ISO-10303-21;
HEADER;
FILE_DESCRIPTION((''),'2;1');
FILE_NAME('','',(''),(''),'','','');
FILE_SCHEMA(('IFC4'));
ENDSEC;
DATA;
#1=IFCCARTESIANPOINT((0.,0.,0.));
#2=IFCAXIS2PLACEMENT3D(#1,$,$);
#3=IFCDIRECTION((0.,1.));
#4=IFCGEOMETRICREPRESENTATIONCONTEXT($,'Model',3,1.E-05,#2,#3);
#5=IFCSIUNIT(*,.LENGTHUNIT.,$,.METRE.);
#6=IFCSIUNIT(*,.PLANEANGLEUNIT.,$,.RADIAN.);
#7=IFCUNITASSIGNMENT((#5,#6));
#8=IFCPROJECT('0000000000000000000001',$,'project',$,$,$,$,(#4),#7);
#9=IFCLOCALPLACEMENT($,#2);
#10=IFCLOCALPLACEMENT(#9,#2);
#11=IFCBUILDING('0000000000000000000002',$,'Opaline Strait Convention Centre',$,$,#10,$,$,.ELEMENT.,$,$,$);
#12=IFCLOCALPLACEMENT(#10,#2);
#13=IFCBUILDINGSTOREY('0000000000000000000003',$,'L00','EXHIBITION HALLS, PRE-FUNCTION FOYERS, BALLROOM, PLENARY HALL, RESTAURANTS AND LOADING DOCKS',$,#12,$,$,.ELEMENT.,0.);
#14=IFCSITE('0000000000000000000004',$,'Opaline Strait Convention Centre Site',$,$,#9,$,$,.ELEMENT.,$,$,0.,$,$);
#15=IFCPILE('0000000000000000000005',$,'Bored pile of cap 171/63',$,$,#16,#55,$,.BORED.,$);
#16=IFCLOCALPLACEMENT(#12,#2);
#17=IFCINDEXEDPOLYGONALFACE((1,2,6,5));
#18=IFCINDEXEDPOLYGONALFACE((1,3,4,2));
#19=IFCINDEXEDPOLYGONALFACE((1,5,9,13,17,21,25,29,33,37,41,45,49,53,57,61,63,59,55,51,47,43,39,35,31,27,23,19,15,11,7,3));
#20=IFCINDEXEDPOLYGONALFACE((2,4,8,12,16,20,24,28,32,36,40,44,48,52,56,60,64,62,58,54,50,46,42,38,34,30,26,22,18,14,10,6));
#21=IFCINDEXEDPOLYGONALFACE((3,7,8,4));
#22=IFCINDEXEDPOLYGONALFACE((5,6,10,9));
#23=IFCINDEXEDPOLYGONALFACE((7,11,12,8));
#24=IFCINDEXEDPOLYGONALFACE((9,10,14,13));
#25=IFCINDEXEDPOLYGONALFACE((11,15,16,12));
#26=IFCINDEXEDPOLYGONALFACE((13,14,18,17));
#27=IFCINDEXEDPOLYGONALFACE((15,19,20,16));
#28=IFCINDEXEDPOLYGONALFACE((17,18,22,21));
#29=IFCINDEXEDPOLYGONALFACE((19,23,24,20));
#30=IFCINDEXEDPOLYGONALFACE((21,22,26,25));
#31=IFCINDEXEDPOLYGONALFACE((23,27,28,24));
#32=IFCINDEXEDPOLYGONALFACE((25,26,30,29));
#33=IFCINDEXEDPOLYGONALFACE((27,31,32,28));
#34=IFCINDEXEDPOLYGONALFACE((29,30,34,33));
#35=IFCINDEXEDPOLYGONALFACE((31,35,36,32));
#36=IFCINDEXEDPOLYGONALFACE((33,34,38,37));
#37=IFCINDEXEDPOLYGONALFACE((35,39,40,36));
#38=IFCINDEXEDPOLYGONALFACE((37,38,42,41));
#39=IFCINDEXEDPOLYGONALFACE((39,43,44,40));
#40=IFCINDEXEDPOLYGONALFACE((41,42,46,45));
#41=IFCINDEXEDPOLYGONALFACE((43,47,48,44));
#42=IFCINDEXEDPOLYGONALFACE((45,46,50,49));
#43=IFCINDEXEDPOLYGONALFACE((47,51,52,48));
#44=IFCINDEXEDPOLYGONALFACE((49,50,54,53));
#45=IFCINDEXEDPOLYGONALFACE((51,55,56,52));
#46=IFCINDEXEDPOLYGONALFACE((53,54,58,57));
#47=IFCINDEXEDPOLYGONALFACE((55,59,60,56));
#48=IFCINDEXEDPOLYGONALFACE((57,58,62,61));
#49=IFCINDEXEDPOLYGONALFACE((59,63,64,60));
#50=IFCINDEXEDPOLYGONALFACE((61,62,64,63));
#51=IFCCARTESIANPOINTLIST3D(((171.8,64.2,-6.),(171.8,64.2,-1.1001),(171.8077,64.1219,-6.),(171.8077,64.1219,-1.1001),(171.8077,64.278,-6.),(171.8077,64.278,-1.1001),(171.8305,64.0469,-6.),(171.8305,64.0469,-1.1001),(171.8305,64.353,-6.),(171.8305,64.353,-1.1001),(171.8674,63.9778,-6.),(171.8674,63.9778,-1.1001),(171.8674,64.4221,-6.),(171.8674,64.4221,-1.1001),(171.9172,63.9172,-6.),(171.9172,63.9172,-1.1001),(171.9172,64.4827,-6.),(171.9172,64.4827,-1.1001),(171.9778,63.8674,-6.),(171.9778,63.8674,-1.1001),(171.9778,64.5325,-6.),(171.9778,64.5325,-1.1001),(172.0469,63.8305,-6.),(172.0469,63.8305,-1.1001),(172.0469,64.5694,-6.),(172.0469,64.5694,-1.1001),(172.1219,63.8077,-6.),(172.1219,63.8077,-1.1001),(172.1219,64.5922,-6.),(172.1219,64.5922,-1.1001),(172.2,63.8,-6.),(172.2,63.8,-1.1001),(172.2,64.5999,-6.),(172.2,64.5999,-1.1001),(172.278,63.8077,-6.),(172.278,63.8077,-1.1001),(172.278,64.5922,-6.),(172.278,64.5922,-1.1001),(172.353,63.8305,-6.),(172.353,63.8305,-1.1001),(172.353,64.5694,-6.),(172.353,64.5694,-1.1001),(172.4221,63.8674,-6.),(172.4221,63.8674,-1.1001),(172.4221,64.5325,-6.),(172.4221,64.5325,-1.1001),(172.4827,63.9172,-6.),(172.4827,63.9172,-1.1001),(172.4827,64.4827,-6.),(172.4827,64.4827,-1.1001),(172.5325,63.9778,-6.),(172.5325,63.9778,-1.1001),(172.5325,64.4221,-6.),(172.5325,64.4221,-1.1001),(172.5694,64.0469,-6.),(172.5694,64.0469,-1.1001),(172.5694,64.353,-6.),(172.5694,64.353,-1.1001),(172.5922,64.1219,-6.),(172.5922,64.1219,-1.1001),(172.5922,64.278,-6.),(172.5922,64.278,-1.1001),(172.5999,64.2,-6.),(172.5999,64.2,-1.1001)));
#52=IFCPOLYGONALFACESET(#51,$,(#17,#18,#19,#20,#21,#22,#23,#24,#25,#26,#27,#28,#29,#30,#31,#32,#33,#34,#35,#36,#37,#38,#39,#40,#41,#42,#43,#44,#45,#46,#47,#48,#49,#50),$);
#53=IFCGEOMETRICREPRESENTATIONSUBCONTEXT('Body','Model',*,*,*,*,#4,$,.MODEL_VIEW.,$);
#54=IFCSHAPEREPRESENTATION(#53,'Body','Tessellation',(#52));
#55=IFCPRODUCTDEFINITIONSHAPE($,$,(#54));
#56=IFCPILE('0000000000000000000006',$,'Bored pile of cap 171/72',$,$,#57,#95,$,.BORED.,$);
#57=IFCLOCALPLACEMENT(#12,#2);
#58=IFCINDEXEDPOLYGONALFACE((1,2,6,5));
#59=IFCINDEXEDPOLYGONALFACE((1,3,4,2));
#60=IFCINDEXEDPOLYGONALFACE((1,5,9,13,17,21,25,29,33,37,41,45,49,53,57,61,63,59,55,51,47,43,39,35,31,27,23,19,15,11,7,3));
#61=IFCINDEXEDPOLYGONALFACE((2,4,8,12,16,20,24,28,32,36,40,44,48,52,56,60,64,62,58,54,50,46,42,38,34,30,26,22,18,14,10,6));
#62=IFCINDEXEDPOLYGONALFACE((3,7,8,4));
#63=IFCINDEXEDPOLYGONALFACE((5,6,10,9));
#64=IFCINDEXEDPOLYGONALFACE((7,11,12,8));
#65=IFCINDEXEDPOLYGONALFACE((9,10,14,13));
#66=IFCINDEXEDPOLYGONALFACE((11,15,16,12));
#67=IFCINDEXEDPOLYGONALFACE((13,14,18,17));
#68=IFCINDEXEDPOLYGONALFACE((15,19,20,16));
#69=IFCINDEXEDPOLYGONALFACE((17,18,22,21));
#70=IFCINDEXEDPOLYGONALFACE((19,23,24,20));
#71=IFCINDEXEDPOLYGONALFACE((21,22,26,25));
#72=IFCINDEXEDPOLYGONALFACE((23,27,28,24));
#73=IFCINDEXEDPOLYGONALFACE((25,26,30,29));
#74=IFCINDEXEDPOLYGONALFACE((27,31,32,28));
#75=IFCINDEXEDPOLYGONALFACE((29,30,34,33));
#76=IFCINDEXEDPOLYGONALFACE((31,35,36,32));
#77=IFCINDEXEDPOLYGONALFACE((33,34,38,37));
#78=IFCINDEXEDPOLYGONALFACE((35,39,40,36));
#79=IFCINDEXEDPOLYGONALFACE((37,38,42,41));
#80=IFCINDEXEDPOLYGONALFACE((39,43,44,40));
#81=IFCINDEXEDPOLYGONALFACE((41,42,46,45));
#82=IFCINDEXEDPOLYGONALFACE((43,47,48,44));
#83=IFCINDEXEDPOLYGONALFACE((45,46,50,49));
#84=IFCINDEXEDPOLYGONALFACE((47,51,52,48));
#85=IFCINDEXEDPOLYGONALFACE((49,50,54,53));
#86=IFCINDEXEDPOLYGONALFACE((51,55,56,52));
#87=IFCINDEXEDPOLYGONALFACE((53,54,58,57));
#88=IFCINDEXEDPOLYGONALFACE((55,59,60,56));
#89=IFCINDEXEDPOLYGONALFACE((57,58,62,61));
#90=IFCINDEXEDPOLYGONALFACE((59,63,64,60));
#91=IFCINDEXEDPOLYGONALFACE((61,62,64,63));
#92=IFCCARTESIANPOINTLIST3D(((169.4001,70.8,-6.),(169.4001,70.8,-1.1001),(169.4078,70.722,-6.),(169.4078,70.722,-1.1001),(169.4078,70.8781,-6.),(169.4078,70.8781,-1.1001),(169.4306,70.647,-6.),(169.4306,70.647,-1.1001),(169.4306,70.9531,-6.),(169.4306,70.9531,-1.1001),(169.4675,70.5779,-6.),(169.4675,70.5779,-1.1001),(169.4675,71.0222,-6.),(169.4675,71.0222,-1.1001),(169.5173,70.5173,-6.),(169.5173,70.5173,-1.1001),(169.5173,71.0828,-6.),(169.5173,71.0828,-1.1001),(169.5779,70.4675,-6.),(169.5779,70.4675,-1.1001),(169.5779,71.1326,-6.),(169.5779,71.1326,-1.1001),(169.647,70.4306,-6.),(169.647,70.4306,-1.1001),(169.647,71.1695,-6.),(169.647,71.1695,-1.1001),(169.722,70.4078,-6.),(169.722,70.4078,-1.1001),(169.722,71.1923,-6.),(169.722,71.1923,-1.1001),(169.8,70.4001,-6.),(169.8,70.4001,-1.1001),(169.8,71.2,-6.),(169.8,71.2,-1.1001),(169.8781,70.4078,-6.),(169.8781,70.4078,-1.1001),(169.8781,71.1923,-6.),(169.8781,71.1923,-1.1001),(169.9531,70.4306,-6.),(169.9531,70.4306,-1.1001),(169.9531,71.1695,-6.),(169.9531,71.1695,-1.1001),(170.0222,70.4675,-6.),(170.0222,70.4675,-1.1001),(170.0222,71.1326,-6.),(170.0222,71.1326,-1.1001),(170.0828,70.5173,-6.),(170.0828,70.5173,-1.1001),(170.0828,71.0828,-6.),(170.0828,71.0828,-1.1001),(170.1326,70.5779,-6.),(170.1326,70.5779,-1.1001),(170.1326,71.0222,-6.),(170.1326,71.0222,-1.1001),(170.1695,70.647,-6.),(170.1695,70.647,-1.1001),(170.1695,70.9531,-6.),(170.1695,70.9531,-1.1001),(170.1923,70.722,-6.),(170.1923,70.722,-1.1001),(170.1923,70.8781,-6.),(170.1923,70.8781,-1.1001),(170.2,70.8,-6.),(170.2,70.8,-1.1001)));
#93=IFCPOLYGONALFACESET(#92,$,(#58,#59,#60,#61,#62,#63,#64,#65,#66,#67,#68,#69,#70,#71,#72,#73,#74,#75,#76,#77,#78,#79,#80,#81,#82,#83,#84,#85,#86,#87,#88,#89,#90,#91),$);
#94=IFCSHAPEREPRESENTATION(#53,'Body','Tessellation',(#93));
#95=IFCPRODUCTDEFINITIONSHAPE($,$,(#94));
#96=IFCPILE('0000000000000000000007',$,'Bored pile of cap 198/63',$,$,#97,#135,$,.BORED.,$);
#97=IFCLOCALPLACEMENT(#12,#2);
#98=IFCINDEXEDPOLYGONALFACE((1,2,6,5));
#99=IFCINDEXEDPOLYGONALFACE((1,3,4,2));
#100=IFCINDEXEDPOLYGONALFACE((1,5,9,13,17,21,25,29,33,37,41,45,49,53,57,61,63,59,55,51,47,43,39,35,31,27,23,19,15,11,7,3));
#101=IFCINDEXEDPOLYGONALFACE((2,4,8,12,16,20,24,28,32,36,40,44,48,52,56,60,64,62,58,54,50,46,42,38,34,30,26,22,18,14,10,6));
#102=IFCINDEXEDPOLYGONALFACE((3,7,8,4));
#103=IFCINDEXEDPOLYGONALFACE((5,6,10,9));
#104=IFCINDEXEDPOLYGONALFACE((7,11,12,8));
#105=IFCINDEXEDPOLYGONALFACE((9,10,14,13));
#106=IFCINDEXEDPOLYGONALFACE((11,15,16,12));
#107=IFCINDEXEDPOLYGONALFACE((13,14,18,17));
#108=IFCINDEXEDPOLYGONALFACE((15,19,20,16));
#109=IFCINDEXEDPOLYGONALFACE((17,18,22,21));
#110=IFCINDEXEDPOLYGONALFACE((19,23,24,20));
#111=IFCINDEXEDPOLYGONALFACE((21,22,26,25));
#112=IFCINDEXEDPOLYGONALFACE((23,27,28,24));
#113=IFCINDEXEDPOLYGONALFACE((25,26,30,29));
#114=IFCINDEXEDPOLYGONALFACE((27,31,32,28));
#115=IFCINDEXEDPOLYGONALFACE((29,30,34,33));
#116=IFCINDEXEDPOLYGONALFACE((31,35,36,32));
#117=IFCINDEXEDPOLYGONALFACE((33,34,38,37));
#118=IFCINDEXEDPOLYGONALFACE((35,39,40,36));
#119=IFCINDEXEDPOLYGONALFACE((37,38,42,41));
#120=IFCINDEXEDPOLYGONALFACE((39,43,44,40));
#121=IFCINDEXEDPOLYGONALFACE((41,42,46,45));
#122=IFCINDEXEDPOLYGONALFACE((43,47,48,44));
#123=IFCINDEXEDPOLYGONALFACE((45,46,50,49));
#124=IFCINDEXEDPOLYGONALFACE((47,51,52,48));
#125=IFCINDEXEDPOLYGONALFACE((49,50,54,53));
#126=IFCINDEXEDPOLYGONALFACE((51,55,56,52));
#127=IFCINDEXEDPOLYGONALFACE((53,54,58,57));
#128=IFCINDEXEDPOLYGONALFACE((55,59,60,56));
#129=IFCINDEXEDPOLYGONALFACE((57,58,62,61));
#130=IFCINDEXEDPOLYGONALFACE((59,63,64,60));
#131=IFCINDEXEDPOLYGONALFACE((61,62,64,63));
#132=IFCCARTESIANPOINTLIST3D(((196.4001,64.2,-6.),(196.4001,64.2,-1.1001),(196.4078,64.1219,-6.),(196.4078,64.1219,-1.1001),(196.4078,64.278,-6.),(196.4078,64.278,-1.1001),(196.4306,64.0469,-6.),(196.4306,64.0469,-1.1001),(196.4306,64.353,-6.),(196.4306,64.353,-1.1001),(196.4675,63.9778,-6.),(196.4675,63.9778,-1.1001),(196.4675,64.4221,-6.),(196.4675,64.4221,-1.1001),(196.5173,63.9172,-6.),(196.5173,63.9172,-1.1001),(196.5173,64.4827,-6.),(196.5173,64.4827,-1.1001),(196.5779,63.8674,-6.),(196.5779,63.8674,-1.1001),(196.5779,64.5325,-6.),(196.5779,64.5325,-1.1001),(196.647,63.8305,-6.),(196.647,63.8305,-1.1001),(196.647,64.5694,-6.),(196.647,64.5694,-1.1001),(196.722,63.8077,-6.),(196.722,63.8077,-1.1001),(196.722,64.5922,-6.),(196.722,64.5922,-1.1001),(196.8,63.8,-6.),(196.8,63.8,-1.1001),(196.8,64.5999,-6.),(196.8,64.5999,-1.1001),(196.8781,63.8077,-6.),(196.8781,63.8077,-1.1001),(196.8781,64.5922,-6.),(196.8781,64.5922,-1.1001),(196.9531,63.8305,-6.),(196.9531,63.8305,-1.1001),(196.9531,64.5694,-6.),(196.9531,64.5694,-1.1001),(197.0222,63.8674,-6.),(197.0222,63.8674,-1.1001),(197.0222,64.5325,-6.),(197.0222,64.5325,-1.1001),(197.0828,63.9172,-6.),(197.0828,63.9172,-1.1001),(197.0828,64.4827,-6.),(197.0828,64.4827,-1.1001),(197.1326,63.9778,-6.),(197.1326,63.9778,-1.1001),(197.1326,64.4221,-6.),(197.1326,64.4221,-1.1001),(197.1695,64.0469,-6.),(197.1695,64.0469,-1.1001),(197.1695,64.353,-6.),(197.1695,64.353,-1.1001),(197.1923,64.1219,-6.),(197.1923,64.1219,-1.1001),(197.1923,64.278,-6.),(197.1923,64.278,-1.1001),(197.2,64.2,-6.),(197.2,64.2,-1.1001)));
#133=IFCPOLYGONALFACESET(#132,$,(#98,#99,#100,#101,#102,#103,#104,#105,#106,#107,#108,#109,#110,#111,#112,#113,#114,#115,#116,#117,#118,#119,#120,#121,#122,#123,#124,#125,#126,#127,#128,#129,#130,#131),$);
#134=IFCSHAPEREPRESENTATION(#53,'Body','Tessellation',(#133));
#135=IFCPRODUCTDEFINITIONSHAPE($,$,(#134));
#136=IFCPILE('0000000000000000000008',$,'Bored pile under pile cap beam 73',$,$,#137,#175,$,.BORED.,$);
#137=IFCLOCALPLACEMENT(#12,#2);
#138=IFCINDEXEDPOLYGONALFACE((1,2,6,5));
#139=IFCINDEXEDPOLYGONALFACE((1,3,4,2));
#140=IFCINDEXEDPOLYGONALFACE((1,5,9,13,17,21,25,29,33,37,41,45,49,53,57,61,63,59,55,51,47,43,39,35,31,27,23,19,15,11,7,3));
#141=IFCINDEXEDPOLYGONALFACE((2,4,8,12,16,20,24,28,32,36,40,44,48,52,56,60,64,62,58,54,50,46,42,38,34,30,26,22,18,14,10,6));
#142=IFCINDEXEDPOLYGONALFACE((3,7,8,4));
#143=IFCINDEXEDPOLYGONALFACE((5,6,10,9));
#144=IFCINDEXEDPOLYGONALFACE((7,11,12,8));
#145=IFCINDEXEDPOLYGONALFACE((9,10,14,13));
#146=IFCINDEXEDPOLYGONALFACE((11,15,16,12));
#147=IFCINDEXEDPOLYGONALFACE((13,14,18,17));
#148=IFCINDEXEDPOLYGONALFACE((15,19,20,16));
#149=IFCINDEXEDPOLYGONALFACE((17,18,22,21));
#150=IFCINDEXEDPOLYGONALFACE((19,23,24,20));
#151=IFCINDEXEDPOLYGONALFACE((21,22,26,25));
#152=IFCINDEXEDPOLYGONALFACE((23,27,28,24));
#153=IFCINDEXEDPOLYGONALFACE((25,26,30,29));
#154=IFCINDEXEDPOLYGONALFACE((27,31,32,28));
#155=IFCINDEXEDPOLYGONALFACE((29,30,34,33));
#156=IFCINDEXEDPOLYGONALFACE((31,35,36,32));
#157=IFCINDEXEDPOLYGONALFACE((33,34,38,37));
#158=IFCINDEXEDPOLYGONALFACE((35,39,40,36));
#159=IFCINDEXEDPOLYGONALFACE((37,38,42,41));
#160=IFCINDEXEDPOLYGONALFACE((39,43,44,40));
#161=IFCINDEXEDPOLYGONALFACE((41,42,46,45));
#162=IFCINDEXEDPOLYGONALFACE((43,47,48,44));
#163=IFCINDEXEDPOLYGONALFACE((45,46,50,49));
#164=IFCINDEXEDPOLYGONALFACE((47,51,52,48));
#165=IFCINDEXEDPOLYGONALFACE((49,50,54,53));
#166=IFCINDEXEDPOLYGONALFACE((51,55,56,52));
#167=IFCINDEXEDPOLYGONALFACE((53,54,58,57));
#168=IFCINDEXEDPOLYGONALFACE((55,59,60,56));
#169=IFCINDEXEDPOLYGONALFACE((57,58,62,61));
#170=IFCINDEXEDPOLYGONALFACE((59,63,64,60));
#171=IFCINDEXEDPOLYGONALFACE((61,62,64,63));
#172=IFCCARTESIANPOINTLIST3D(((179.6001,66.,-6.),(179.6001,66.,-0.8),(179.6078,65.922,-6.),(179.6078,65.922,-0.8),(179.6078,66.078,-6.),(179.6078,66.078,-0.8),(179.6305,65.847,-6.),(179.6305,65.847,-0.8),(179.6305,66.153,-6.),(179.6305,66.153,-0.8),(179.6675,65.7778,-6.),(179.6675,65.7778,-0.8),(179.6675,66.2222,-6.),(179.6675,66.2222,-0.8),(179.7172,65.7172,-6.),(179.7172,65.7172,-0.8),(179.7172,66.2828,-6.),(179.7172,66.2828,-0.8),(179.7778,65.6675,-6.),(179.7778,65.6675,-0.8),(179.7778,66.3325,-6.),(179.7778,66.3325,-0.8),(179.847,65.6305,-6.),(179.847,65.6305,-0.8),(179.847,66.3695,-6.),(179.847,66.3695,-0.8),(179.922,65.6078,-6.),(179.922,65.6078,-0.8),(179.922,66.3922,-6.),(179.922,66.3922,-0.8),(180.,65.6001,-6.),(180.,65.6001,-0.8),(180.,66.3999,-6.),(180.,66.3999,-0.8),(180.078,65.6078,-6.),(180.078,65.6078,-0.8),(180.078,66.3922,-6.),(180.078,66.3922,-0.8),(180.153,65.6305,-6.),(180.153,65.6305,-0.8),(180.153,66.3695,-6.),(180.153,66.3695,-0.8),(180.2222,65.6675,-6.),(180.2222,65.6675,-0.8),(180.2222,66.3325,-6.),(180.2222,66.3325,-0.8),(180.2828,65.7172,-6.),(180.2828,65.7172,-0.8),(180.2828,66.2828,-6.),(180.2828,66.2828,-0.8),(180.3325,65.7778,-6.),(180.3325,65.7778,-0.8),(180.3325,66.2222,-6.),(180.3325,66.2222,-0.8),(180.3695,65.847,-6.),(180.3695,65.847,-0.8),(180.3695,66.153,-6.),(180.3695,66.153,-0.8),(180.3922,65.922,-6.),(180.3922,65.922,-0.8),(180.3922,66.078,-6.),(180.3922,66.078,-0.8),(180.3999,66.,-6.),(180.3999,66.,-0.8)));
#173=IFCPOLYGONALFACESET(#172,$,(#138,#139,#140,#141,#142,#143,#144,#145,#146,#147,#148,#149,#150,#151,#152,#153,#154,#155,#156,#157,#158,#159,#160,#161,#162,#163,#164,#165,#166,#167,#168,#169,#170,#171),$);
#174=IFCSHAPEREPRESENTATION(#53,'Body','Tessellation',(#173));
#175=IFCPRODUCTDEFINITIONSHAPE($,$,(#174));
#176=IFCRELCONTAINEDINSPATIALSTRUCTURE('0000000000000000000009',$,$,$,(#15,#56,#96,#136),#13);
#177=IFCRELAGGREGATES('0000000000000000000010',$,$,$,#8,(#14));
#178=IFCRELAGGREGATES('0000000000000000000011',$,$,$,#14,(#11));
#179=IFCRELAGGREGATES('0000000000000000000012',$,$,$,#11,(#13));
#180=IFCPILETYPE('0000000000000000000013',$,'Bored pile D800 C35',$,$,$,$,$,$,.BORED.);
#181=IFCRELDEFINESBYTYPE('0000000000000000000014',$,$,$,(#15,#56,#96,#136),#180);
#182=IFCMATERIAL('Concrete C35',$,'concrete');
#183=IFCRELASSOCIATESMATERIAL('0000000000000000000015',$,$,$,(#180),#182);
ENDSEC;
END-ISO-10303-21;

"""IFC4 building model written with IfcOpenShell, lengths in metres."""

from ifc_helpers import new_model, si_unit, direction, frame, origin, origin_2d, place, context, subcontext, project, spatial, circle, extrude, material, material_profile, profile_set, type_object, element, save


model = new_model("IFC4")

# Units and contexts
model_context = context("Model", 3, precision=1e-05, world=origin(), true_north=direction((0.0, 1.0)))
body_context = subcontext(model_context, "Body", "Model", "MODEL_VIEW")
ifc_project = project(units=[si_unit("LENGTHUNIT", "METRE"), si_unit("PLANEANGLEUNIT", "RADIAN")], contexts=[model_context])

# Site, building, storey
site_placement = place(None, origin())
site = spatial("IfcSite", under=ifc_project, at=site_placement, Name="Opaline Strait Convention Centre Site", CompositionType="ELEMENT", RefElevation=0.0)
building_placement = place(site_placement, origin())
building = spatial("IfcBuilding", under=site, at=building_placement, Name="Opaline Strait Convention Centre", CompositionType="ELEMENT")
storey_placement = place(building_placement, origin())
storey = spatial("IfcBuildingStorey", under=building, at=storey_placement, Name="L00", Description="EXHIBITION HALLS, PRE-FUNCTION FOYERS, BALLROOM, PLENARY HALL, RESTAURANTS AND LOADING DOCKS", CompositionType="ELEMENT", Elevation=0.0)

# Piles
ifc_material_1 = material(Name="Concrete C35", Category="concrete")
ifc_material_profile = material_profile(ifc_material_1, circle(Radius=0.3999, at=origin_2d()), Name="D800")
ifc_profile_set = profile_set([ifc_material_profile], Name="Concrete C35")
pile_type = type_object("IfcPileType", Name="Bored pile D800 C35", PredefinedType="BORED", material=ifc_profile_set)
for number, where, z_axis, x_axis, name in (
    (1, (172.2, 64.2, -1.1001), (0.0, 0.0, -1.0), (1.0, 0.0, 0.0), "Bored pile of cap 171/63"),
    (2, (169.8, 70.8, -1.1001), (0.0, 0.0, -1.0), (1.0, 0.0, 0.0), "Bored pile of cap 171/72"),
    (3, (196.8, 64.2, -1.1001), (0.0, 0.0, -1.0), (1.0, 0.0, 0.0), "Bored pile of cap 198/63"),
):
    element("IfcPile", number, at=place(storey_placement, frame(where, z_axis=z_axis, x_axis=x_axis)), inside=storey, type_object=pile_type, Name=name, PredefinedType="BORED", context=body_context, shape_type="SweptSolid", body=[
        extrude(circle(Radius=0.3999, at=origin_2d()), origin(), (0.0, 0.0, 1.0), 4.8999),
    ])
for number, where, z_axis, x_axis, name in (
    (4, (180.0, 66.0, -0.8), (0.0, 0.0, -1.0), (1.0, 0.0, 0.0), "Bored pile under pile cap beam 73"),
):
    element("IfcPile", number, at=place(storey_placement, frame(where, z_axis=z_axis, x_axis=x_axis)), inside=storey, type_object=pile_type, Name=name, PredefinedType="BORED", context=body_context, shape_type="SweptSolid", body=[
        extrude(circle(Radius=0.3999, at=origin_2d()), origin(), (0.0, 0.0, 1.0), 5.2),
    ])

save(model, "model.ifc")
